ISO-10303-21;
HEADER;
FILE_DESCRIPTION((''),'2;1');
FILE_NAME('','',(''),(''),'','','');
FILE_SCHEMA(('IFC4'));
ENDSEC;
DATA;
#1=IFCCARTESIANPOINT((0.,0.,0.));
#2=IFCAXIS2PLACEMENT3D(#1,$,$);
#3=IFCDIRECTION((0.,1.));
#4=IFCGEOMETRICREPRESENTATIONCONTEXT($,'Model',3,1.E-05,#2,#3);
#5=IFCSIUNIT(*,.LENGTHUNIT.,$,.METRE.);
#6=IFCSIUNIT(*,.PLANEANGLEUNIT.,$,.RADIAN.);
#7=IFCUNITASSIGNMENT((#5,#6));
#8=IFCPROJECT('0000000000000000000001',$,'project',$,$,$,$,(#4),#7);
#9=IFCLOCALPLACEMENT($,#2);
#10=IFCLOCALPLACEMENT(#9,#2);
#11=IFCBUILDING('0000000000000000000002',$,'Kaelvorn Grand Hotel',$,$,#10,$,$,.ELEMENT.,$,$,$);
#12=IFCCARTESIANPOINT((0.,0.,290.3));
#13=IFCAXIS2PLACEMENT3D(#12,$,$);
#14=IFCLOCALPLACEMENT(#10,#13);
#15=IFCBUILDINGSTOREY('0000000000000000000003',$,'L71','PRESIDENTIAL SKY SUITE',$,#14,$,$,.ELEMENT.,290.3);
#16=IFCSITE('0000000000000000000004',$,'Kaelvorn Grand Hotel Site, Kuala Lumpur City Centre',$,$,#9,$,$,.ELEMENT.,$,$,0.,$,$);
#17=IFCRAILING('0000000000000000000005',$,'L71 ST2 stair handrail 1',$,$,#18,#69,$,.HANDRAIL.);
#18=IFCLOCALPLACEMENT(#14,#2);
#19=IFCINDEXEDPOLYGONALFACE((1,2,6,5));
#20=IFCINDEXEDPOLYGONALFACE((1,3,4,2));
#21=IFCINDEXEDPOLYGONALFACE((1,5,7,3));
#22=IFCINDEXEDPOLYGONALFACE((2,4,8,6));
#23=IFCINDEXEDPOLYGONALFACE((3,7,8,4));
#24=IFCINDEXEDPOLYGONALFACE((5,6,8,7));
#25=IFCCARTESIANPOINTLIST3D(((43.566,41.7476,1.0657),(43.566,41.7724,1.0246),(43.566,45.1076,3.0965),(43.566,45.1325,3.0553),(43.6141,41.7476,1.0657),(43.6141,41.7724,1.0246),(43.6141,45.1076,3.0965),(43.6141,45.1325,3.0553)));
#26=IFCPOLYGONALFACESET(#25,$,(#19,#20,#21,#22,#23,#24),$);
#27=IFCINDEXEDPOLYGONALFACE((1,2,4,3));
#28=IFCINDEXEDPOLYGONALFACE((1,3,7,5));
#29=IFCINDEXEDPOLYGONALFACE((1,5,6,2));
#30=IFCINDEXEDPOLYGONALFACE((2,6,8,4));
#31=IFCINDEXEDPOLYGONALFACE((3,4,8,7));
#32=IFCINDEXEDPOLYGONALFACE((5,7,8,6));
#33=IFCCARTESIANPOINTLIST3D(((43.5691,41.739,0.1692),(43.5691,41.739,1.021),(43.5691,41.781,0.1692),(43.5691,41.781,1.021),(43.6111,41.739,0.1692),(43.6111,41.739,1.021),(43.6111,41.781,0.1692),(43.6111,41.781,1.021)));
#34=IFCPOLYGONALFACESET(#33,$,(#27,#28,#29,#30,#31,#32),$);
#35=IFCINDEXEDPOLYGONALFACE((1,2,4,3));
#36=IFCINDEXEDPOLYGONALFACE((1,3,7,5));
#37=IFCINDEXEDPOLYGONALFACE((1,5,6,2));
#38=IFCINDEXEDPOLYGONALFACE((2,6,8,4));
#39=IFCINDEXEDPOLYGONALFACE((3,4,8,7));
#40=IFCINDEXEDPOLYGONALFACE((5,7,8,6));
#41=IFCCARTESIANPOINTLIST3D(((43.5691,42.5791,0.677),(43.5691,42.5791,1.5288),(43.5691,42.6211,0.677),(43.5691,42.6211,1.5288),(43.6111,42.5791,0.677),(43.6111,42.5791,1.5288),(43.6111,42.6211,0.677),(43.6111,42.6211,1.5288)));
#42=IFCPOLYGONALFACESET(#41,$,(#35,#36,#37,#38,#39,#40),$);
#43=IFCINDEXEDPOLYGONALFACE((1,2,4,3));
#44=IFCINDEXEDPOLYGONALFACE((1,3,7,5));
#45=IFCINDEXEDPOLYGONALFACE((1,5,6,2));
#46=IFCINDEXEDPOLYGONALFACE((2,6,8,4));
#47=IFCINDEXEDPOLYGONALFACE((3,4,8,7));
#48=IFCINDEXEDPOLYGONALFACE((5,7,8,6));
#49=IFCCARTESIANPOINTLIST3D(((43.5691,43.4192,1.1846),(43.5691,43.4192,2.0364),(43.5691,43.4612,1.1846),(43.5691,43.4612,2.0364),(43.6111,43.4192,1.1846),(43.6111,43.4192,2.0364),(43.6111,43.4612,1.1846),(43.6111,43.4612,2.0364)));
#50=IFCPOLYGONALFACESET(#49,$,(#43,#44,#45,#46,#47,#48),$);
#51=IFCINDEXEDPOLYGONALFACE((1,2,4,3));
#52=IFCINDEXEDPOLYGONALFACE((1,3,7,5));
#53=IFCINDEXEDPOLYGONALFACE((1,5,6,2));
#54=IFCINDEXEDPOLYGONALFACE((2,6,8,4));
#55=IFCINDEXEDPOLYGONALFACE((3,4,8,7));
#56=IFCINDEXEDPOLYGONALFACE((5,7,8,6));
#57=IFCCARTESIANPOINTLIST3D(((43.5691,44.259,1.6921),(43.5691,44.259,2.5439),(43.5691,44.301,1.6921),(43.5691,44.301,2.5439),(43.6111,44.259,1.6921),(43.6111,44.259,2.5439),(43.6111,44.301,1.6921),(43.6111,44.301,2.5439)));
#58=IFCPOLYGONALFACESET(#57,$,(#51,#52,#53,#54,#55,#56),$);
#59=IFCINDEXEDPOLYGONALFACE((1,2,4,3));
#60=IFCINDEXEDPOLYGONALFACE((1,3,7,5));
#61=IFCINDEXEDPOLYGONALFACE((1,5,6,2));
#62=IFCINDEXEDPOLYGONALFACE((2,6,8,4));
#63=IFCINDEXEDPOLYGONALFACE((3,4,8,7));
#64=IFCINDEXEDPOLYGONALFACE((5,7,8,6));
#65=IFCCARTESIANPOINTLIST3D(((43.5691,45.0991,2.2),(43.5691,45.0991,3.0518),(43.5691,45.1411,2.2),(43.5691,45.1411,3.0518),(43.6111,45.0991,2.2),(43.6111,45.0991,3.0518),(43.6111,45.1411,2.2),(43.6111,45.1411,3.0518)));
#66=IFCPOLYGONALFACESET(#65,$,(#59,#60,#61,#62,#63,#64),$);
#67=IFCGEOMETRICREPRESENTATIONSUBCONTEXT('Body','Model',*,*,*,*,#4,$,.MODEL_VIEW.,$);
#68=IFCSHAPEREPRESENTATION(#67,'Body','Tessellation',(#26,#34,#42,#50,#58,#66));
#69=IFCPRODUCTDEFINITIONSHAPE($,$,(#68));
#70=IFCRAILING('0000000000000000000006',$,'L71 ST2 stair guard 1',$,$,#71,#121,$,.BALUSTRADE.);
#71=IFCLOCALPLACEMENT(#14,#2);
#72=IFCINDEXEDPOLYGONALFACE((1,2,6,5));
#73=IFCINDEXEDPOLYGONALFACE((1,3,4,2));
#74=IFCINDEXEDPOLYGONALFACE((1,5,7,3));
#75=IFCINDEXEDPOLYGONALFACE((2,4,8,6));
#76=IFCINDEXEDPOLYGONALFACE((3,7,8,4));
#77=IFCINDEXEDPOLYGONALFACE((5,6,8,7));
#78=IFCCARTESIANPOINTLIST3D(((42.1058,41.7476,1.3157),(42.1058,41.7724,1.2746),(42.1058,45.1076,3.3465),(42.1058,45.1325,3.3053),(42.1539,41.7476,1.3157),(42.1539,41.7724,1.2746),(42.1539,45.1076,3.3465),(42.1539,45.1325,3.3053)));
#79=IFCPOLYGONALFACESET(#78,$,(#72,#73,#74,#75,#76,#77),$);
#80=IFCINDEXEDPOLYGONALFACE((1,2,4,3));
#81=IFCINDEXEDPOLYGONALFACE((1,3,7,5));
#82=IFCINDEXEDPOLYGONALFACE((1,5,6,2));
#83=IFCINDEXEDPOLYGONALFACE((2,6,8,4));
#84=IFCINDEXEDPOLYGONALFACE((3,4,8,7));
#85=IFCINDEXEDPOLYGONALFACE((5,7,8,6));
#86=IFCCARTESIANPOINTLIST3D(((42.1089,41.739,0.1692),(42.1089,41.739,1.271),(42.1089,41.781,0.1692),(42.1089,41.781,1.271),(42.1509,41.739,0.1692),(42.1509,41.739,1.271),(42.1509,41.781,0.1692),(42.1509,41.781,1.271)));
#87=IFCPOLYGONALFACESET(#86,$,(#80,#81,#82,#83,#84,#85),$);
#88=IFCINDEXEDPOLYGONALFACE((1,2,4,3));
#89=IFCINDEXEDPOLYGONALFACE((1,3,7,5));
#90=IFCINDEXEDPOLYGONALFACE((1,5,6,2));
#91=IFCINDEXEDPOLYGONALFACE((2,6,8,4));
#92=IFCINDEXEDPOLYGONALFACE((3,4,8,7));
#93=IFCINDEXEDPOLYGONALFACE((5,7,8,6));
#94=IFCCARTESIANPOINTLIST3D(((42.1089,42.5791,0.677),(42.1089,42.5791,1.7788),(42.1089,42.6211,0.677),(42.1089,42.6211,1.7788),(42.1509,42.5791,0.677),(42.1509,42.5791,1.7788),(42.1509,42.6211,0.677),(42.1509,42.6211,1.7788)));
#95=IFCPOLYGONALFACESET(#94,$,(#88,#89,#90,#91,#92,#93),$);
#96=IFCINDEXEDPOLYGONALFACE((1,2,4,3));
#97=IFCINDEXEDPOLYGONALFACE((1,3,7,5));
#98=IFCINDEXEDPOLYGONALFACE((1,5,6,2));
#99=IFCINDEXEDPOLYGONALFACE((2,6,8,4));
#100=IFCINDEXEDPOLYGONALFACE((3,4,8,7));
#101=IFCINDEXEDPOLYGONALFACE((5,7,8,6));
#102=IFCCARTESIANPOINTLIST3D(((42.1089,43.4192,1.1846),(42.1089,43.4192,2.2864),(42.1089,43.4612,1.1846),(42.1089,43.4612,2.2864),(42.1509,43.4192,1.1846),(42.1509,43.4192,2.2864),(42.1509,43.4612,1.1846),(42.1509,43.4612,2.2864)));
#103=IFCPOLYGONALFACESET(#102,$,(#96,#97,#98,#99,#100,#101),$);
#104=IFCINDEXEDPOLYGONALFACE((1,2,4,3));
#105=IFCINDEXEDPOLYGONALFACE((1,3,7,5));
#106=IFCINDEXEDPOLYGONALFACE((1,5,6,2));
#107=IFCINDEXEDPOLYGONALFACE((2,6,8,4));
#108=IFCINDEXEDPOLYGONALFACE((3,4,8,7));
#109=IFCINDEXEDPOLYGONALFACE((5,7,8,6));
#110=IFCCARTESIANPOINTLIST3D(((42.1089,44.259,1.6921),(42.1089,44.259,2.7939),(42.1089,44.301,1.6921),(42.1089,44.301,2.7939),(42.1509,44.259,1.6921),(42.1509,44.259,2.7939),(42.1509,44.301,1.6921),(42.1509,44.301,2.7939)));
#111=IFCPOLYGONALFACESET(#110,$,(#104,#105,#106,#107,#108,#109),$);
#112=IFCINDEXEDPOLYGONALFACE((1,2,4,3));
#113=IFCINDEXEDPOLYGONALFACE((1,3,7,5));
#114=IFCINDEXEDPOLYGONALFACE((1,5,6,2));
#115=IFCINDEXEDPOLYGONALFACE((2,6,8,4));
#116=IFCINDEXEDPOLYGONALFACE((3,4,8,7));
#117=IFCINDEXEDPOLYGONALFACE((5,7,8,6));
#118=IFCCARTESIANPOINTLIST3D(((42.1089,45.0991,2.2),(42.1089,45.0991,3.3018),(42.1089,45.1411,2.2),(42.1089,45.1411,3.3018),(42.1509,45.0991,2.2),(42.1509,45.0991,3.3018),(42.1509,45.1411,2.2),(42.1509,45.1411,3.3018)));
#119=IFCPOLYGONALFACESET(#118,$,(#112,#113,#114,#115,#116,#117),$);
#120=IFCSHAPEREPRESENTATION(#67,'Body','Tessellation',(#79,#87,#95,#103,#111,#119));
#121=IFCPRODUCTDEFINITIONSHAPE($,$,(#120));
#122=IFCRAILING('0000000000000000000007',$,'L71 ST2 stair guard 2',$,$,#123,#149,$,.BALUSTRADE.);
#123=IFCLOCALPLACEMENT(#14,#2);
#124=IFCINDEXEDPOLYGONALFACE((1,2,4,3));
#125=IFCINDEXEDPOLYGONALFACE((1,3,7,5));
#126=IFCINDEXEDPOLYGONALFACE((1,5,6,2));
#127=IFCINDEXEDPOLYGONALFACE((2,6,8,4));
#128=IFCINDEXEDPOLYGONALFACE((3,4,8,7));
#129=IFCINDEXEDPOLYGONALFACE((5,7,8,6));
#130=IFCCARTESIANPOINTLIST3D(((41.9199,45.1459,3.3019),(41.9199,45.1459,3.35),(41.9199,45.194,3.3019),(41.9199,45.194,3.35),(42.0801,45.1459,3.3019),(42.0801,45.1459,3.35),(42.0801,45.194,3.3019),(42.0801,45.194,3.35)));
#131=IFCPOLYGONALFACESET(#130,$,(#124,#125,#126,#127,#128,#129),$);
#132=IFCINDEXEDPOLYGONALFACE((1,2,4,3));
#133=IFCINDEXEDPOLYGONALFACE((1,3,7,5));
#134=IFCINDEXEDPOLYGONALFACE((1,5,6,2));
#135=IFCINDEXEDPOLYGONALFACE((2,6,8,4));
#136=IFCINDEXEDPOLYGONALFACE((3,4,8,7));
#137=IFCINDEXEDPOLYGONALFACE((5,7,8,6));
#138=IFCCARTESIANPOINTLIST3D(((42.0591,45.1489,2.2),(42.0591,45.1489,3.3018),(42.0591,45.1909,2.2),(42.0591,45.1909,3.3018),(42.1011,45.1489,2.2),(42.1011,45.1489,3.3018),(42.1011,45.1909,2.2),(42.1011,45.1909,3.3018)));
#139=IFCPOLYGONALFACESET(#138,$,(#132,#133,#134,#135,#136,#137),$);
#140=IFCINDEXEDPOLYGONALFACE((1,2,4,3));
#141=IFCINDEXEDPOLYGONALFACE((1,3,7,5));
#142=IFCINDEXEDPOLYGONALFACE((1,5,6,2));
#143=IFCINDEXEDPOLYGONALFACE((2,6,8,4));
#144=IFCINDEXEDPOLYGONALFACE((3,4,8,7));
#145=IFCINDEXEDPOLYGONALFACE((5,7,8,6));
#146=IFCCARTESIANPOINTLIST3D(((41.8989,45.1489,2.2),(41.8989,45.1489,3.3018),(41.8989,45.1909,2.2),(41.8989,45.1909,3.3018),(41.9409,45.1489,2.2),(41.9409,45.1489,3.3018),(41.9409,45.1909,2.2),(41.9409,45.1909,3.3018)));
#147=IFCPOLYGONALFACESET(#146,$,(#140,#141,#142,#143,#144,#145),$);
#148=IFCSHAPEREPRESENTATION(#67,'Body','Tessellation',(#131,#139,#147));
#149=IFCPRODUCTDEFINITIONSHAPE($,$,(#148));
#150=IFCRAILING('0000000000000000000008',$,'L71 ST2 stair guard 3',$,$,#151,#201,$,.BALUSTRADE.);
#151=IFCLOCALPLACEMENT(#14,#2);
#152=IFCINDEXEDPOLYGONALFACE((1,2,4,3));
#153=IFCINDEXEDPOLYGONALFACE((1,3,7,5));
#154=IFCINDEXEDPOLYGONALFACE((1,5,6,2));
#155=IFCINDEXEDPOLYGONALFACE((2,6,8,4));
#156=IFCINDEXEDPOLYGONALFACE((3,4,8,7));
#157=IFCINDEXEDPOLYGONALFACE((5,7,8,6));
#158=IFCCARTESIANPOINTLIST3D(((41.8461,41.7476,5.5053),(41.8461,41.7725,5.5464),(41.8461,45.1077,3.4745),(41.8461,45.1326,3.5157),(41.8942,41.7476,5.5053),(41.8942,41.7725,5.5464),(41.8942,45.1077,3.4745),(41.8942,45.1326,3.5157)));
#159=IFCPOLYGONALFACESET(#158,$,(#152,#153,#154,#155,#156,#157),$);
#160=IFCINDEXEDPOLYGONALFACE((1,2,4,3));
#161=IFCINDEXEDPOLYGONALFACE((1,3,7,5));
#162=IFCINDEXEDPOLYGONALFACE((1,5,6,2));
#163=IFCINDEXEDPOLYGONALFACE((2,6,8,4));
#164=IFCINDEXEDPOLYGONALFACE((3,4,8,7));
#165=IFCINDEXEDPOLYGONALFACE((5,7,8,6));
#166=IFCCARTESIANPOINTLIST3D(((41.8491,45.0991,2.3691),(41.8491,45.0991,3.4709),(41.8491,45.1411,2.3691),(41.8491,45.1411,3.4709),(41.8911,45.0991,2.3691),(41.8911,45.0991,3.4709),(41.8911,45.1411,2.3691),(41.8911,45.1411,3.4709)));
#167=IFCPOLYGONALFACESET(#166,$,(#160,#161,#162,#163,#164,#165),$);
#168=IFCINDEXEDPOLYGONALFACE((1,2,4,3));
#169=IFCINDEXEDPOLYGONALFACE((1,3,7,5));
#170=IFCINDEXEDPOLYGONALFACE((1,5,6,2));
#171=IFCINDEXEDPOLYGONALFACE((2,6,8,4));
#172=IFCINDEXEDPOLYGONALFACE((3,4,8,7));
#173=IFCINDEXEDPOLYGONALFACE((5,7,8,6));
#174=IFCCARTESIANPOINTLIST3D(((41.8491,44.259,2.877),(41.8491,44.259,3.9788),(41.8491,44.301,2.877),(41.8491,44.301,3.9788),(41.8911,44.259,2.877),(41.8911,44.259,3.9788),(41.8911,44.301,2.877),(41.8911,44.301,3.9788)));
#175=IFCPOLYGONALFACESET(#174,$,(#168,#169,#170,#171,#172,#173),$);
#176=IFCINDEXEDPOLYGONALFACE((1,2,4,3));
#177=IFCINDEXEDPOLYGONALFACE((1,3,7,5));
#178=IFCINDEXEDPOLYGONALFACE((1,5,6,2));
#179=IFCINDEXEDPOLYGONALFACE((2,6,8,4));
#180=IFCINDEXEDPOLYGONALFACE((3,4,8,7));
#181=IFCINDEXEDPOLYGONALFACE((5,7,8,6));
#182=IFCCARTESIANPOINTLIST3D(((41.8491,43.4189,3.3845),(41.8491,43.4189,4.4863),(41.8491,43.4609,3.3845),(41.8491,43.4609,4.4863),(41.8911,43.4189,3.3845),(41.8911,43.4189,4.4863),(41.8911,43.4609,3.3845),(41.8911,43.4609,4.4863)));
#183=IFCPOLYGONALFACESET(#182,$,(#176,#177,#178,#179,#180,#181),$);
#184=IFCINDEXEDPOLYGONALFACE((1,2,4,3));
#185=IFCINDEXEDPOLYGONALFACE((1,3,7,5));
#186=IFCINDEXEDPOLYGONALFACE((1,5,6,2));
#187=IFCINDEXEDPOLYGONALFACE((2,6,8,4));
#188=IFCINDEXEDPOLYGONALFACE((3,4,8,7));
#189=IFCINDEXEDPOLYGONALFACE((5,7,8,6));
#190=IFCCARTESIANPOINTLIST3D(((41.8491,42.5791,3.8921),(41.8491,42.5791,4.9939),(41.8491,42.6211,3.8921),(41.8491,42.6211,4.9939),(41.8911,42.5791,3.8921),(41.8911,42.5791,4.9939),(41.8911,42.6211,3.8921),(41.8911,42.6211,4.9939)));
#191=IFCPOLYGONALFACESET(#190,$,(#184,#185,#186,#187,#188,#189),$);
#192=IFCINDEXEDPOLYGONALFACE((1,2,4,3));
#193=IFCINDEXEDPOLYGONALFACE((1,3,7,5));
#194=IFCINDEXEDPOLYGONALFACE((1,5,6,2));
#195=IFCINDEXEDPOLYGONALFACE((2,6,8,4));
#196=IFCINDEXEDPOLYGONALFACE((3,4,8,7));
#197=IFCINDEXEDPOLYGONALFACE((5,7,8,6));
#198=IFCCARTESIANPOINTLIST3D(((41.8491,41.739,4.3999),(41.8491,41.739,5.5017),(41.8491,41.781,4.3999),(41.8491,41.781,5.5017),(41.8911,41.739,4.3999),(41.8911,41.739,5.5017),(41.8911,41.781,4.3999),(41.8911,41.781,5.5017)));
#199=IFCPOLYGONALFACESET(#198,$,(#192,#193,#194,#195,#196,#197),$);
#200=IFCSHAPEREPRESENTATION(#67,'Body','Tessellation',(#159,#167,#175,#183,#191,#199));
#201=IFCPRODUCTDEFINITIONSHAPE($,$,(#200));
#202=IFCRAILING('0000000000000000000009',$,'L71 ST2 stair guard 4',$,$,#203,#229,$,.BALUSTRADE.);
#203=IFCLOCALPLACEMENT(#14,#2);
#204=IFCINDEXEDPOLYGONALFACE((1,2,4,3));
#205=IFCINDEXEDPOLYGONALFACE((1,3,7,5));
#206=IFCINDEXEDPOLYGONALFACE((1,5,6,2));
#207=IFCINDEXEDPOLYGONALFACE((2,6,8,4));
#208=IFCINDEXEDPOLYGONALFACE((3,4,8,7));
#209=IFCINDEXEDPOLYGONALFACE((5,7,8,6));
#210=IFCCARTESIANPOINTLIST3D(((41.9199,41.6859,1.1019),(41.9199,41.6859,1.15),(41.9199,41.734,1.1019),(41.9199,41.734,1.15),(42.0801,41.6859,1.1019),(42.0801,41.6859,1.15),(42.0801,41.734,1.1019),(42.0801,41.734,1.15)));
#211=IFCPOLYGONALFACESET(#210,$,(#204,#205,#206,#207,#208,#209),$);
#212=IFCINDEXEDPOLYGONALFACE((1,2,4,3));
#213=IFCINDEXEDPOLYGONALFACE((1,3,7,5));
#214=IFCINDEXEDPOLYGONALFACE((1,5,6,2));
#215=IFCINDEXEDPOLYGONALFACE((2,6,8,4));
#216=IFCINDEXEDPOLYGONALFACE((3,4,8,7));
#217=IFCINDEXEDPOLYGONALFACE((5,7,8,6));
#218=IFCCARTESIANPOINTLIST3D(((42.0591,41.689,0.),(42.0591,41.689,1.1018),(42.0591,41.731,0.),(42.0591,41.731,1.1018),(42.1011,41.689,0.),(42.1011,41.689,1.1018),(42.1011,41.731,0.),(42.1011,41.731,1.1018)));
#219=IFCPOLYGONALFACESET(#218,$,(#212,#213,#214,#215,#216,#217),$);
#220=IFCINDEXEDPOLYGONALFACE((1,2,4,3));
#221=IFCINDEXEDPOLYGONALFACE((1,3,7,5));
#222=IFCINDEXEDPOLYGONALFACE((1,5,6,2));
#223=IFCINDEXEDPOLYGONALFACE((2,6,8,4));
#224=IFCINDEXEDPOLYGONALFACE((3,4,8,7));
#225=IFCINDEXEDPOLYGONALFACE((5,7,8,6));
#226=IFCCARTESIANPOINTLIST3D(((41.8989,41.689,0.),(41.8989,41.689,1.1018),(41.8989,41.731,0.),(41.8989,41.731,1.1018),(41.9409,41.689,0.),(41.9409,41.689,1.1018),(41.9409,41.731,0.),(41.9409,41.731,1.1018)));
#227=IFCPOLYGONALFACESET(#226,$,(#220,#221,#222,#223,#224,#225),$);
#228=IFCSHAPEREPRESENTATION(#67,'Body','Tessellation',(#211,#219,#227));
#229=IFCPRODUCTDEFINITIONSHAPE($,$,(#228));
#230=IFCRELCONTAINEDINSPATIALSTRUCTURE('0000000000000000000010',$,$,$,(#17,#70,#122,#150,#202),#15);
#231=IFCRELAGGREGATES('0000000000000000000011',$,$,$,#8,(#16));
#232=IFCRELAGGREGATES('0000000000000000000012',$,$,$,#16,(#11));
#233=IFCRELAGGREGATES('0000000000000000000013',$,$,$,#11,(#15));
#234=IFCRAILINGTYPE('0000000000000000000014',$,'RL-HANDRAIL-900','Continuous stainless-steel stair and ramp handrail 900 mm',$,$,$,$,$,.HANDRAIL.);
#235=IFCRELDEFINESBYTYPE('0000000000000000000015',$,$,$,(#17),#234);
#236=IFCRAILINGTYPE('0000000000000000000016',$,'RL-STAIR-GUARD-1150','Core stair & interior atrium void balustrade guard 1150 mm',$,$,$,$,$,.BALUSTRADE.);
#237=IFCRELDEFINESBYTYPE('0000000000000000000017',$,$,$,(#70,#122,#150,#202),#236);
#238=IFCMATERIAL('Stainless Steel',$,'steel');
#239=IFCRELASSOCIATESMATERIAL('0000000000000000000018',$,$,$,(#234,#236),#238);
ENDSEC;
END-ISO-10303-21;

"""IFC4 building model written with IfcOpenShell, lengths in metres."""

from ifc_helpers import new_model, si_unit, direction, frame, origin, origin_2d, place, context, subcontext, project, spatial, rectangle, extrude, material, type_object, element, save


model = new_model("IFC4")

# Units and contexts
model_context = context("Model", 3, precision=1e-05, world=origin(), true_north=direction((0.0, 1.0)))
body_context = subcontext(model_context, "Body", "Model", "MODEL_VIEW")
ifc_project = project(units=[si_unit("LENGTHUNIT", "METRE"), si_unit("PLANEANGLEUNIT", "RADIAN")], contexts=[model_context])

# Site, building, storey
site_placement = place(None, origin())
site = spatial("IfcSite", under=ifc_project, at=site_placement, Name="Kaelvorn Grand Hotel Site, Kuala Lumpur City Centre", CompositionType="ELEMENT", RefElevation=0.0)
building_placement = place(site_placement, origin())
building = spatial("IfcBuilding", under=site, at=building_placement, Name="Kaelvorn Grand Hotel", CompositionType="ELEMENT")
storey_placement = place(building_placement, frame((0.0, 0.0, 290.3)))
storey = spatial("IfcBuildingStorey", under=building, at=storey_placement, Name="L71", Description="PRESIDENTIAL SKY SUITE", CompositionType="ELEMENT", Elevation=290.3)

# Railings
ifc_material_1 = material(Name="Stainless Steel", Category="steel")
railing_type_1 = type_object("IfcRailingType", Name="RL-HANDRAIL-900", Description="Continuous stainless-steel stair and ramp handrail 900 mm", PredefinedType="HANDRAIL", material=ifc_material_1)
railing_1_placement = place(storey_placement, frame((43.5901, 41.76, 0.1692)))
element("IfcRailing", 1, at=railing_1_placement, inside=storey, type_object=railing_type_1, Name="L71 ST2 stair handrail 1", PredefinedType="HANDRAIL", context=body_context, shape_type="SweptSolid", body=[
    extrude(rectangle(XDim=0.0481, YDim=0.0481, at=origin_2d()), frame((0.0, 0.0, 0.876), z_axis=(0.0, 0.855837, 0.517246), x_axis=(-1.0, 0.0, 0.0)), (0.0, 0.0, 1.0), 3.926),
    extrude(rectangle(XDim=0.042, YDim=0.042, at=origin_2d()), origin(), (0.0, 0.0, 1.0), 0.8518),
    extrude(rectangle(XDim=0.042, YDim=0.042, at=origin_2d()), frame((0.0, 0.8401, 0.5078)), (0.0, 0.0, 1.0), 0.8518),
    extrude(rectangle(XDim=0.042, YDim=0.042, at=origin_2d()), frame((0.0, 1.6802, 1.0154)), (0.0, 0.0, 1.0), 0.8518),
    extrude(rectangle(XDim=0.042, YDim=0.042, at=origin_2d()), frame((0.0, 2.52, 1.5229)), (0.0, 0.0, 1.0), 0.8518),
    extrude(rectangle(XDim=0.042, YDim=0.042, at=origin_2d()), frame((0.0, 3.3601, 2.0308)), (0.0, 0.0, 1.0), 0.8518),
])
railing_type_2 = type_object("IfcRailingType", Name="RL-STAIR-GUARD-1150", Description="Core stair & interior atrium void balustrade guard 1150 mm", PredefinedType="BALUSTRADE", material=ifc_material_1)
railing_2_placement = place(storey_placement, frame((42.1299, 41.76, 0.1692)))
element("IfcRailing", 2, at=railing_2_placement, inside=storey, type_object=railing_type_2, Name="L71 ST2 stair guard 1", PredefinedType="BALUSTRADE", context=body_context, shape_type="SweptSolid", body=[
    extrude(rectangle(XDim=0.0481, YDim=0.0481, at=origin_2d()), frame((0.0, 0.0, 1.126), z_axis=(0.0, 0.855837, 0.517246), x_axis=(-1.0, 0.0, 0.0)), (0.0, 0.0, 1.0), 3.926),
    extrude(rectangle(XDim=0.042, YDim=0.042, at=origin_2d()), origin(), (0.0, 0.0, 1.0), 1.1018),
    extrude(rectangle(XDim=0.042, YDim=0.042, at=origin_2d()), frame((0.0, 0.8401, 0.5078)), (0.0, 0.0, 1.0), 1.1018),
    extrude(rectangle(XDim=0.042, YDim=0.042, at=origin_2d()), frame((0.0, 1.6802, 1.0154)), (0.0, 0.0, 1.0), 1.1018),
    extrude(rectangle(XDim=0.042, YDim=0.042, at=origin_2d()), frame((0.0, 2.52, 1.5229)), (0.0, 0.0, 1.0), 1.1018),
    extrude(rectangle(XDim=0.042, YDim=0.042, at=origin_2d()), frame((0.0, 3.3601, 2.0308)), (0.0, 0.0, 1.0), 1.1018),
])
railing_3_placement = place(storey_placement, frame((42.0801, 45.1699, 2.2)))
element("IfcRailing", 3, at=railing_3_placement, inside=storey, type_object=railing_type_2, Name="L71 ST2 stair guard 2", PredefinedType="BALUSTRADE", context=body_context, shape_type="SweptSolid", body=[
    extrude(rectangle(XDim=0.0481, YDim=0.0481, at=origin_2d()), frame((0.0, 0.0, 1.126), z_axis=(-1.0, 0.0, 0.0), x_axis=(0.0, -1.0, 0.0)), (0.0, 0.0, 1.0), 0.1602),
    extrude(rectangle(XDim=0.042, YDim=0.042, at=origin_2d()), origin(), (0.0, 0.0, 1.0), 1.1018),
    extrude(rectangle(XDim=0.042, YDim=0.042, at=origin_2d()), frame((-0.1602, 0.0, 0.0)), (0.0, 0.0, 1.0), 1.1018),
])
railing_4_placement = place(storey_placement, frame((41.8701, 45.1201, 2.3691)))
element("IfcRailing", 4, at=railing_4_placement, inside=storey, type_object=railing_type_2, Name="L71 ST2 stair guard 3", PredefinedType="BALUSTRADE", context=body_context, shape_type="SweptSolid", body=[
    extrude(rectangle(XDim=0.0481, YDim=0.0481, at=origin_2d()), frame((0.0, 0.0, 1.126), z_axis=(0.0, -0.855837, 0.517246), x_axis=(1.0, 0.0, 0.0)), (0.0, 0.0, 1.0), 3.926),
    extrude(rectangle(XDim=0.042, YDim=0.042, at=origin_2d()), origin(), (0.0, 0.0, 1.0), 1.1018),
    extrude(rectangle(XDim=0.042, YDim=0.042, at=origin_2d()), frame((0.0, -0.8401, 0.5078)), (0.0, 0.0, 1.0), 1.1018),
    extrude(rectangle(XDim=0.042, YDim=0.042, at=origin_2d()), frame((0.0, -1.6802, 1.0154)), (0.0, 0.0, 1.0), 1.1018),
    extrude(rectangle(XDim=0.042, YDim=0.042, at=origin_2d()), frame((0.0, -2.52, 1.5229)), (0.0, 0.0, 1.0), 1.1018),
    extrude(rectangle(XDim=0.042, YDim=0.042, at=origin_2d()), frame((0.0, -3.3601, 2.0308)), (0.0, 0.0, 1.0), 1.1018),
])
railing_5_placement = place(storey_placement, frame((42.0801, 41.71, 0.0)))
element("IfcRailing", 5, at=railing_5_placement, inside=storey, type_object=railing_type_2, Name="L71 ST2 stair guard 4", PredefinedType="BALUSTRADE", context=body_context, shape_type="SweptSolid", body=[
    extrude(rectangle(XDim=0.0481, YDim=0.0481, at=origin_2d()), frame((0.0, 0.0, 1.126), z_axis=(-1.0, 0.0, 0.0), x_axis=(0.0, -1.0, 0.0)), (0.0, 0.0, 1.0), 0.1602),
    extrude(rectangle(XDim=0.042, YDim=0.042, at=origin_2d()), origin(), (0.0, 0.0, 1.0), 1.1018),
    extrude(rectangle(XDim=0.042, YDim=0.042, at=origin_2d()), frame((-0.1602, 0.0, 0.0)), (0.0, 0.0, 1.0), 1.1018),
])

save(model, "model.ifc")
